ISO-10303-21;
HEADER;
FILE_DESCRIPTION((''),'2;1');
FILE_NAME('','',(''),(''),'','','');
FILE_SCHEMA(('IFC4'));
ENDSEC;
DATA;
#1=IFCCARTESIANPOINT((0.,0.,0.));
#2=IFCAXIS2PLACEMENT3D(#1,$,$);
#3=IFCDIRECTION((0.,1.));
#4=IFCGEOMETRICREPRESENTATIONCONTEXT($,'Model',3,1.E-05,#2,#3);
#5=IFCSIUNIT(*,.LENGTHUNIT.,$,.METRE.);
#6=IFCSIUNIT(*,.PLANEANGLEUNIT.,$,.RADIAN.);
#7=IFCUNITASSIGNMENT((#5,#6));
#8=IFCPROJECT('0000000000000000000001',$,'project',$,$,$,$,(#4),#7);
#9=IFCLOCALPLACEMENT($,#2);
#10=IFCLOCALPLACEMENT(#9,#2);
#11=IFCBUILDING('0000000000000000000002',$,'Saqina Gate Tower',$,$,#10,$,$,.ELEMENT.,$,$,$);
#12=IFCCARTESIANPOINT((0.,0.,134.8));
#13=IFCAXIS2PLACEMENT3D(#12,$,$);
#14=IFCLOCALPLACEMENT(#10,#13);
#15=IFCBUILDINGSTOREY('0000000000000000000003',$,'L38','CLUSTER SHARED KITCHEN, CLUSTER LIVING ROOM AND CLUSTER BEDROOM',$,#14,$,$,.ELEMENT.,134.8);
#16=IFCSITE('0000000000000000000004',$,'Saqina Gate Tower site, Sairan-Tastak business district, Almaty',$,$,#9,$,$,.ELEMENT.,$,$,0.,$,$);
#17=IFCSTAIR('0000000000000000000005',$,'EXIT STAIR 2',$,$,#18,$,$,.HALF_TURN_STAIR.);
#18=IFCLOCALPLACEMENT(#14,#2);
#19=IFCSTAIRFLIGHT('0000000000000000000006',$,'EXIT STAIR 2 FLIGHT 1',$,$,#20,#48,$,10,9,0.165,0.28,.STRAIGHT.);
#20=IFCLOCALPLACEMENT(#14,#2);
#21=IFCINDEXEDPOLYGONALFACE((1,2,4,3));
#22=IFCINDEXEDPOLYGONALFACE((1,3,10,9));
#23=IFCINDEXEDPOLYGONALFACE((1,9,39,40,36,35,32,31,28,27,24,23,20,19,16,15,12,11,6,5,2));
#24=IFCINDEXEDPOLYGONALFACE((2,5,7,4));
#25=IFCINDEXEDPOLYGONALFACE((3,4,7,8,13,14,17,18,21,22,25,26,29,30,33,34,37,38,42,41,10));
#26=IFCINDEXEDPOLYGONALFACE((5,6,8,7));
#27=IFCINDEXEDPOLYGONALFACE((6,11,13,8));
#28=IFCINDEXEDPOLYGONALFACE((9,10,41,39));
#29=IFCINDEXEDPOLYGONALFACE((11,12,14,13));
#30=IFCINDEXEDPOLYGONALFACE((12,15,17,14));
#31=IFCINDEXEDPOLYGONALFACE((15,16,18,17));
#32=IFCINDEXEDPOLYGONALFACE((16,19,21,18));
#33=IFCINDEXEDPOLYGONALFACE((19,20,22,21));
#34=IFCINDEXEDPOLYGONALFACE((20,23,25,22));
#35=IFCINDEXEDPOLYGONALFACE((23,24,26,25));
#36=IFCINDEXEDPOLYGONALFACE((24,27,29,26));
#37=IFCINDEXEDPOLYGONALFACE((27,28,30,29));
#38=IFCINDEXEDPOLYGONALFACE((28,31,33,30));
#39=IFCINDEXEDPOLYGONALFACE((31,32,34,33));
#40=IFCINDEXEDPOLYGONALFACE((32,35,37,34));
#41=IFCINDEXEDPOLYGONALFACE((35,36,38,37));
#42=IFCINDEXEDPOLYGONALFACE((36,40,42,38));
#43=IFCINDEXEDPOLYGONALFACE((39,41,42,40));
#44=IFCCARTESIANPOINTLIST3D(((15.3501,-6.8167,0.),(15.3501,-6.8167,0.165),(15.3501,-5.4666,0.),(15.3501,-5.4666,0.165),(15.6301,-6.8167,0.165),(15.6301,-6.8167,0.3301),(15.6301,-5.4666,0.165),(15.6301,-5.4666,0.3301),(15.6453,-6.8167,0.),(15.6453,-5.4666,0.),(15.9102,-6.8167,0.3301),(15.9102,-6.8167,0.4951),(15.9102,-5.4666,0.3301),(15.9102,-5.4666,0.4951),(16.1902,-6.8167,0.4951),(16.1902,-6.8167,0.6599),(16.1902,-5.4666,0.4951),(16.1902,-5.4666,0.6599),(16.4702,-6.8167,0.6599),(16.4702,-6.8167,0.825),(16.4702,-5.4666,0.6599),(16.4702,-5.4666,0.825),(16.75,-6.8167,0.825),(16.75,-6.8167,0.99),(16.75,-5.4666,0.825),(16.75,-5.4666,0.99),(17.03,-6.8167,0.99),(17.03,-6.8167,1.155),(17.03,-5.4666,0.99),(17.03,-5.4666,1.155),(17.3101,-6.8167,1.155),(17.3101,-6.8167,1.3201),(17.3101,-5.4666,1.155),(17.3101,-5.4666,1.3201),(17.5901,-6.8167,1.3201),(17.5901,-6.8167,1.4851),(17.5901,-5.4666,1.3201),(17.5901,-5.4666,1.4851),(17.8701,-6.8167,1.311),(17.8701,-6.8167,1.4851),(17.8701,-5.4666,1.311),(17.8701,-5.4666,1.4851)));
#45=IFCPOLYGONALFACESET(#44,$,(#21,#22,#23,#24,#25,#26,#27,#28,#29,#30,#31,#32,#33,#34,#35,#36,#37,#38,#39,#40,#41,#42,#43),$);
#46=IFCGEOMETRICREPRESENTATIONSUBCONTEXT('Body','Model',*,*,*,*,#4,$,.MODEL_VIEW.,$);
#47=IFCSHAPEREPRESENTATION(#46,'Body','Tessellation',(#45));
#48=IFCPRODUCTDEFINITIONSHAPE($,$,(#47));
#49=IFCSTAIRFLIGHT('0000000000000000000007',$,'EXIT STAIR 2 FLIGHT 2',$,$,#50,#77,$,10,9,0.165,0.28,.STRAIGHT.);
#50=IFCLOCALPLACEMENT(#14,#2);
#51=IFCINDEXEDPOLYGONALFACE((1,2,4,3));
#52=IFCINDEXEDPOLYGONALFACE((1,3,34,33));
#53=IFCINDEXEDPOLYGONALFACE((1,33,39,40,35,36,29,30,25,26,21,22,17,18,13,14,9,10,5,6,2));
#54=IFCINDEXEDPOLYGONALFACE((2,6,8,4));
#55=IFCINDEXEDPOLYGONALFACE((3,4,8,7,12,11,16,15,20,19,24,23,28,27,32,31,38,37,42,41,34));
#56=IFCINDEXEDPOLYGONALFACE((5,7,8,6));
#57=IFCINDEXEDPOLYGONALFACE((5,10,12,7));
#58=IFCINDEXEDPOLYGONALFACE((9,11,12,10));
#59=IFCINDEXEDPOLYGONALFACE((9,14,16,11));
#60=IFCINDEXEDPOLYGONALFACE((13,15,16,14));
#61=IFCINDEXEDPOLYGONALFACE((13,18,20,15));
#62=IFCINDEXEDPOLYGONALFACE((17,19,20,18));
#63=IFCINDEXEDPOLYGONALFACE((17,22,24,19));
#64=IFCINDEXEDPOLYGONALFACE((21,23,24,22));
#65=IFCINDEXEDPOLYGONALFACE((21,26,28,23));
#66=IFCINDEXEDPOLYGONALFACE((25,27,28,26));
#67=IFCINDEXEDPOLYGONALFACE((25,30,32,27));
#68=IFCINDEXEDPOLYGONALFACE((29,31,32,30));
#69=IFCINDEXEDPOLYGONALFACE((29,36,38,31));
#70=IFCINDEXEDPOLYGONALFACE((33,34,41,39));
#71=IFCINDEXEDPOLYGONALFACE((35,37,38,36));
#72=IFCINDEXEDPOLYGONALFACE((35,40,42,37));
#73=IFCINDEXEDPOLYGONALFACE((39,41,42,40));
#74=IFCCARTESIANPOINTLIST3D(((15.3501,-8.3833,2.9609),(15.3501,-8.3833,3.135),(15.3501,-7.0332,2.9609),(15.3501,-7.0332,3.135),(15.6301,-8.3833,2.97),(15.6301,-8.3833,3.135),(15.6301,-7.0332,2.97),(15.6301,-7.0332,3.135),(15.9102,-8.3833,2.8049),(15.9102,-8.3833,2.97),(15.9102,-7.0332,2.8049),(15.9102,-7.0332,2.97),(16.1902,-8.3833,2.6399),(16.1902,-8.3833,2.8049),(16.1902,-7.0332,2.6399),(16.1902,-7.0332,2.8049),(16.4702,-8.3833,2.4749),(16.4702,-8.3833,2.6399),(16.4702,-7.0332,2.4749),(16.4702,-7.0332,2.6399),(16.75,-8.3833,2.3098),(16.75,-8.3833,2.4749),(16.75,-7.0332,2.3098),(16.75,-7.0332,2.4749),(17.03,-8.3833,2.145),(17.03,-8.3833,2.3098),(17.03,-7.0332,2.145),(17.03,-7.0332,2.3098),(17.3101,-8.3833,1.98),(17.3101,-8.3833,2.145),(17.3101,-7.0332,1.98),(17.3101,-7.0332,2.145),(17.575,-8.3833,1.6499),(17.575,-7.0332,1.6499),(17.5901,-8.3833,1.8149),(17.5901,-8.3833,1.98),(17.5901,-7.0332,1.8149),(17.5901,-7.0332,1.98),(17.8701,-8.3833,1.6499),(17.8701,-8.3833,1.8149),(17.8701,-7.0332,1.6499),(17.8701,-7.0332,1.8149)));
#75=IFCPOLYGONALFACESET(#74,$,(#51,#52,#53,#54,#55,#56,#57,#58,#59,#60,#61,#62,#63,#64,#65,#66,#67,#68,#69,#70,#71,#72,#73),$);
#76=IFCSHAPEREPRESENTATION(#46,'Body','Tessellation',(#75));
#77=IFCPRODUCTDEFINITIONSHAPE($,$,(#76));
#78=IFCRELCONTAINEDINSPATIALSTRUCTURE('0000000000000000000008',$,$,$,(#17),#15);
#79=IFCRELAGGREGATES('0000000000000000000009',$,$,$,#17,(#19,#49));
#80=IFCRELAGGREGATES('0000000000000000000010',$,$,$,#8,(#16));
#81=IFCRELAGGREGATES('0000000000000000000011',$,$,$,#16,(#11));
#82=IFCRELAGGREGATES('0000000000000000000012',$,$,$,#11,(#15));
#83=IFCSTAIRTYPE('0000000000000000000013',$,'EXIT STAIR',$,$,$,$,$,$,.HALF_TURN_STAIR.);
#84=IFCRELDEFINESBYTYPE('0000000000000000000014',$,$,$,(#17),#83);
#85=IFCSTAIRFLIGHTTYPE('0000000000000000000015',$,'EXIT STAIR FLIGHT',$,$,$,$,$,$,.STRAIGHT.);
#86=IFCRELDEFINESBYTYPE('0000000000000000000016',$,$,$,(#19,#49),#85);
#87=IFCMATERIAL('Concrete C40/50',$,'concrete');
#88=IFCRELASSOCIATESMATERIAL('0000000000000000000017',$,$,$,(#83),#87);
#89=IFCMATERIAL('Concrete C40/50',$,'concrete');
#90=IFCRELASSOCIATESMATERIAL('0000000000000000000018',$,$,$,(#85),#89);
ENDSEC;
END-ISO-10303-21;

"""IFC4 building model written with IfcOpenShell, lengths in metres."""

from ifc_helpers import new_model, si_unit, direction, frame, origin, place, context, subcontext, project, spatial, polyline, outline, extrude, material, type_object, element, aggregate, save


model = new_model("IFC4")

# Units and contexts
model_context = context("Model", 3, precision=1e-05, world=origin(), true_north=direction((0.0, 1.0)))
body_context = subcontext(model_context, "Body", "Model", "MODEL_VIEW")
ifc_project = project(units=[si_unit("LENGTHUNIT", "METRE"), si_unit("PLANEANGLEUNIT", "RADIAN")], contexts=[model_context])

# Site, building, storey
site_placement = place(None, origin())
site = spatial("IfcSite", under=ifc_project, at=site_placement, Name="Saqina Gate Tower site, Sairan-Tastak business district, Almaty", CompositionType="ELEMENT", RefElevation=0.0)
building_placement = place(site_placement, origin())
building = spatial("IfcBuilding", under=site, at=building_placement, Name="Saqina Gate Tower", CompositionType="ELEMENT")
storey_placement = place(building_placement, frame((0.0, 0.0, 134.8)))
storey = spatial("IfcBuildingStorey", under=building, at=storey_placement, Name="L38", Description="CLUSTER SHARED KITCHEN, CLUSTER LIVING ROOM AND CLUSTER BEDROOM", CompositionType="ELEMENT", Elevation=134.8)

# Stair, stair flights
ifc_material_1 = material(Name="Concrete C40/50", Category="concrete")
stair_type = type_object("IfcStairType", Name="EXIT STAIR", PredefinedType="HALF_TURN_STAIR", material=ifc_material_1)
stair_placement = place(storey_placement, origin())
stair = element("IfcStair", 1, at=stair_placement, inside=storey, type_object=stair_type, Name="EXIT STAIR 2", PredefinedType="HALF_TURN_STAIR")
ifc_material_2 = material(Name="Concrete C40/50", Category="concrete")
stair_flight_type = type_object("IfcStairFlightType", Name="EXIT STAIR FLIGHT", PredefinedType="STRAIGHT", material=ifc_material_2)
stair_flight_1_placement = place(storey_placement, frame((15.3501, -6.1416, 0.0), z_axis=(0.0, 0.0, 1.0), x_axis=(1.0, 0.0, 0.0)))
stair_flight_1 = element("IfcStairFlight", 2, at=stair_flight_1_placement, type_object=stair_flight_type, Name="EXIT STAIR 2 FLIGHT 1", NumberOfRisers=10, NumberOfTreads=9, PredefinedType="STRAIGHT", RiserHeight=0.165, TreadLength=0.28, context=body_context, shape_type="SweptSolid", body=[
    extrude(outline(polyline([(0.0, 0.0), (0.0, 0.165), (0.28, 0.165), (0.28, 0.3301), (0.5601, 0.3301), (0.5601, 0.4951), (0.8401, 0.4951), (0.8401, 0.6599), (1.1201, 0.6599), (1.1201, 0.825), (1.3999, 0.825), (1.3999, 0.99), (1.6799, 0.99), (1.6799, 1.155), (1.96, 1.155), (1.96, 1.3201), (2.24, 1.3201), (2.24, 1.4851), (2.52, 1.4851), (2.52, 1.6499), (2.52, 1.311), (0.2952, 0.0), (0.0, 0.0)])), frame((0.0, 0.675, 0.0), z_axis=(0.0, -1.0, 0.0), x_axis=(1.0, 0.0, 0.0)), (0.0, 0.0, 1.0), 1.3501),
])
stair_flight_2_placement = place(storey_placement, frame((17.8701, -7.7083, 1.6499), z_axis=(0.0, 0.0, 1.0), x_axis=(-1.0, 0.0, 0.0)))
stair_flight_2 = element("IfcStairFlight", 3, at=stair_flight_2_placement, type_object=stair_flight_type, Name="EXIT STAIR 2 FLIGHT 2", NumberOfRisers=10, NumberOfTreads=9, PredefinedType="STRAIGHT", RiserHeight=0.165, TreadLength=0.28, context=body_context, shape_type="SweptSolid", body=[
    extrude(outline(polyline([(0.0, 0.0), (0.0, 0.165), (0.28, 0.165), (0.28, 0.3301), (0.5601, 0.3301), (0.5601, 0.4951), (0.8401, 0.4951), (0.8401, 0.6599), (1.1201, 0.6599), (1.1201, 0.825), (1.3999, 0.825), (1.3999, 0.99), (1.6799, 0.99), (1.6799, 1.155), (1.96, 1.155), (1.96, 1.3201), (2.24, 1.3201), (2.24, 1.4851), (2.52, 1.4851), (2.52, 1.6499), (2.52, 1.311), (0.2952, 0.0), (0.0, 0.0)])), frame((0.0, 0.675, 0.0), z_axis=(0.0, -1.0, 0.0), x_axis=(1.0, 0.0, 0.0)), (0.0, 0.0, 1.0), 1.3501),
])
aggregate(stair, [stair_flight_1, stair_flight_2])

save(model, "model.ifc")
